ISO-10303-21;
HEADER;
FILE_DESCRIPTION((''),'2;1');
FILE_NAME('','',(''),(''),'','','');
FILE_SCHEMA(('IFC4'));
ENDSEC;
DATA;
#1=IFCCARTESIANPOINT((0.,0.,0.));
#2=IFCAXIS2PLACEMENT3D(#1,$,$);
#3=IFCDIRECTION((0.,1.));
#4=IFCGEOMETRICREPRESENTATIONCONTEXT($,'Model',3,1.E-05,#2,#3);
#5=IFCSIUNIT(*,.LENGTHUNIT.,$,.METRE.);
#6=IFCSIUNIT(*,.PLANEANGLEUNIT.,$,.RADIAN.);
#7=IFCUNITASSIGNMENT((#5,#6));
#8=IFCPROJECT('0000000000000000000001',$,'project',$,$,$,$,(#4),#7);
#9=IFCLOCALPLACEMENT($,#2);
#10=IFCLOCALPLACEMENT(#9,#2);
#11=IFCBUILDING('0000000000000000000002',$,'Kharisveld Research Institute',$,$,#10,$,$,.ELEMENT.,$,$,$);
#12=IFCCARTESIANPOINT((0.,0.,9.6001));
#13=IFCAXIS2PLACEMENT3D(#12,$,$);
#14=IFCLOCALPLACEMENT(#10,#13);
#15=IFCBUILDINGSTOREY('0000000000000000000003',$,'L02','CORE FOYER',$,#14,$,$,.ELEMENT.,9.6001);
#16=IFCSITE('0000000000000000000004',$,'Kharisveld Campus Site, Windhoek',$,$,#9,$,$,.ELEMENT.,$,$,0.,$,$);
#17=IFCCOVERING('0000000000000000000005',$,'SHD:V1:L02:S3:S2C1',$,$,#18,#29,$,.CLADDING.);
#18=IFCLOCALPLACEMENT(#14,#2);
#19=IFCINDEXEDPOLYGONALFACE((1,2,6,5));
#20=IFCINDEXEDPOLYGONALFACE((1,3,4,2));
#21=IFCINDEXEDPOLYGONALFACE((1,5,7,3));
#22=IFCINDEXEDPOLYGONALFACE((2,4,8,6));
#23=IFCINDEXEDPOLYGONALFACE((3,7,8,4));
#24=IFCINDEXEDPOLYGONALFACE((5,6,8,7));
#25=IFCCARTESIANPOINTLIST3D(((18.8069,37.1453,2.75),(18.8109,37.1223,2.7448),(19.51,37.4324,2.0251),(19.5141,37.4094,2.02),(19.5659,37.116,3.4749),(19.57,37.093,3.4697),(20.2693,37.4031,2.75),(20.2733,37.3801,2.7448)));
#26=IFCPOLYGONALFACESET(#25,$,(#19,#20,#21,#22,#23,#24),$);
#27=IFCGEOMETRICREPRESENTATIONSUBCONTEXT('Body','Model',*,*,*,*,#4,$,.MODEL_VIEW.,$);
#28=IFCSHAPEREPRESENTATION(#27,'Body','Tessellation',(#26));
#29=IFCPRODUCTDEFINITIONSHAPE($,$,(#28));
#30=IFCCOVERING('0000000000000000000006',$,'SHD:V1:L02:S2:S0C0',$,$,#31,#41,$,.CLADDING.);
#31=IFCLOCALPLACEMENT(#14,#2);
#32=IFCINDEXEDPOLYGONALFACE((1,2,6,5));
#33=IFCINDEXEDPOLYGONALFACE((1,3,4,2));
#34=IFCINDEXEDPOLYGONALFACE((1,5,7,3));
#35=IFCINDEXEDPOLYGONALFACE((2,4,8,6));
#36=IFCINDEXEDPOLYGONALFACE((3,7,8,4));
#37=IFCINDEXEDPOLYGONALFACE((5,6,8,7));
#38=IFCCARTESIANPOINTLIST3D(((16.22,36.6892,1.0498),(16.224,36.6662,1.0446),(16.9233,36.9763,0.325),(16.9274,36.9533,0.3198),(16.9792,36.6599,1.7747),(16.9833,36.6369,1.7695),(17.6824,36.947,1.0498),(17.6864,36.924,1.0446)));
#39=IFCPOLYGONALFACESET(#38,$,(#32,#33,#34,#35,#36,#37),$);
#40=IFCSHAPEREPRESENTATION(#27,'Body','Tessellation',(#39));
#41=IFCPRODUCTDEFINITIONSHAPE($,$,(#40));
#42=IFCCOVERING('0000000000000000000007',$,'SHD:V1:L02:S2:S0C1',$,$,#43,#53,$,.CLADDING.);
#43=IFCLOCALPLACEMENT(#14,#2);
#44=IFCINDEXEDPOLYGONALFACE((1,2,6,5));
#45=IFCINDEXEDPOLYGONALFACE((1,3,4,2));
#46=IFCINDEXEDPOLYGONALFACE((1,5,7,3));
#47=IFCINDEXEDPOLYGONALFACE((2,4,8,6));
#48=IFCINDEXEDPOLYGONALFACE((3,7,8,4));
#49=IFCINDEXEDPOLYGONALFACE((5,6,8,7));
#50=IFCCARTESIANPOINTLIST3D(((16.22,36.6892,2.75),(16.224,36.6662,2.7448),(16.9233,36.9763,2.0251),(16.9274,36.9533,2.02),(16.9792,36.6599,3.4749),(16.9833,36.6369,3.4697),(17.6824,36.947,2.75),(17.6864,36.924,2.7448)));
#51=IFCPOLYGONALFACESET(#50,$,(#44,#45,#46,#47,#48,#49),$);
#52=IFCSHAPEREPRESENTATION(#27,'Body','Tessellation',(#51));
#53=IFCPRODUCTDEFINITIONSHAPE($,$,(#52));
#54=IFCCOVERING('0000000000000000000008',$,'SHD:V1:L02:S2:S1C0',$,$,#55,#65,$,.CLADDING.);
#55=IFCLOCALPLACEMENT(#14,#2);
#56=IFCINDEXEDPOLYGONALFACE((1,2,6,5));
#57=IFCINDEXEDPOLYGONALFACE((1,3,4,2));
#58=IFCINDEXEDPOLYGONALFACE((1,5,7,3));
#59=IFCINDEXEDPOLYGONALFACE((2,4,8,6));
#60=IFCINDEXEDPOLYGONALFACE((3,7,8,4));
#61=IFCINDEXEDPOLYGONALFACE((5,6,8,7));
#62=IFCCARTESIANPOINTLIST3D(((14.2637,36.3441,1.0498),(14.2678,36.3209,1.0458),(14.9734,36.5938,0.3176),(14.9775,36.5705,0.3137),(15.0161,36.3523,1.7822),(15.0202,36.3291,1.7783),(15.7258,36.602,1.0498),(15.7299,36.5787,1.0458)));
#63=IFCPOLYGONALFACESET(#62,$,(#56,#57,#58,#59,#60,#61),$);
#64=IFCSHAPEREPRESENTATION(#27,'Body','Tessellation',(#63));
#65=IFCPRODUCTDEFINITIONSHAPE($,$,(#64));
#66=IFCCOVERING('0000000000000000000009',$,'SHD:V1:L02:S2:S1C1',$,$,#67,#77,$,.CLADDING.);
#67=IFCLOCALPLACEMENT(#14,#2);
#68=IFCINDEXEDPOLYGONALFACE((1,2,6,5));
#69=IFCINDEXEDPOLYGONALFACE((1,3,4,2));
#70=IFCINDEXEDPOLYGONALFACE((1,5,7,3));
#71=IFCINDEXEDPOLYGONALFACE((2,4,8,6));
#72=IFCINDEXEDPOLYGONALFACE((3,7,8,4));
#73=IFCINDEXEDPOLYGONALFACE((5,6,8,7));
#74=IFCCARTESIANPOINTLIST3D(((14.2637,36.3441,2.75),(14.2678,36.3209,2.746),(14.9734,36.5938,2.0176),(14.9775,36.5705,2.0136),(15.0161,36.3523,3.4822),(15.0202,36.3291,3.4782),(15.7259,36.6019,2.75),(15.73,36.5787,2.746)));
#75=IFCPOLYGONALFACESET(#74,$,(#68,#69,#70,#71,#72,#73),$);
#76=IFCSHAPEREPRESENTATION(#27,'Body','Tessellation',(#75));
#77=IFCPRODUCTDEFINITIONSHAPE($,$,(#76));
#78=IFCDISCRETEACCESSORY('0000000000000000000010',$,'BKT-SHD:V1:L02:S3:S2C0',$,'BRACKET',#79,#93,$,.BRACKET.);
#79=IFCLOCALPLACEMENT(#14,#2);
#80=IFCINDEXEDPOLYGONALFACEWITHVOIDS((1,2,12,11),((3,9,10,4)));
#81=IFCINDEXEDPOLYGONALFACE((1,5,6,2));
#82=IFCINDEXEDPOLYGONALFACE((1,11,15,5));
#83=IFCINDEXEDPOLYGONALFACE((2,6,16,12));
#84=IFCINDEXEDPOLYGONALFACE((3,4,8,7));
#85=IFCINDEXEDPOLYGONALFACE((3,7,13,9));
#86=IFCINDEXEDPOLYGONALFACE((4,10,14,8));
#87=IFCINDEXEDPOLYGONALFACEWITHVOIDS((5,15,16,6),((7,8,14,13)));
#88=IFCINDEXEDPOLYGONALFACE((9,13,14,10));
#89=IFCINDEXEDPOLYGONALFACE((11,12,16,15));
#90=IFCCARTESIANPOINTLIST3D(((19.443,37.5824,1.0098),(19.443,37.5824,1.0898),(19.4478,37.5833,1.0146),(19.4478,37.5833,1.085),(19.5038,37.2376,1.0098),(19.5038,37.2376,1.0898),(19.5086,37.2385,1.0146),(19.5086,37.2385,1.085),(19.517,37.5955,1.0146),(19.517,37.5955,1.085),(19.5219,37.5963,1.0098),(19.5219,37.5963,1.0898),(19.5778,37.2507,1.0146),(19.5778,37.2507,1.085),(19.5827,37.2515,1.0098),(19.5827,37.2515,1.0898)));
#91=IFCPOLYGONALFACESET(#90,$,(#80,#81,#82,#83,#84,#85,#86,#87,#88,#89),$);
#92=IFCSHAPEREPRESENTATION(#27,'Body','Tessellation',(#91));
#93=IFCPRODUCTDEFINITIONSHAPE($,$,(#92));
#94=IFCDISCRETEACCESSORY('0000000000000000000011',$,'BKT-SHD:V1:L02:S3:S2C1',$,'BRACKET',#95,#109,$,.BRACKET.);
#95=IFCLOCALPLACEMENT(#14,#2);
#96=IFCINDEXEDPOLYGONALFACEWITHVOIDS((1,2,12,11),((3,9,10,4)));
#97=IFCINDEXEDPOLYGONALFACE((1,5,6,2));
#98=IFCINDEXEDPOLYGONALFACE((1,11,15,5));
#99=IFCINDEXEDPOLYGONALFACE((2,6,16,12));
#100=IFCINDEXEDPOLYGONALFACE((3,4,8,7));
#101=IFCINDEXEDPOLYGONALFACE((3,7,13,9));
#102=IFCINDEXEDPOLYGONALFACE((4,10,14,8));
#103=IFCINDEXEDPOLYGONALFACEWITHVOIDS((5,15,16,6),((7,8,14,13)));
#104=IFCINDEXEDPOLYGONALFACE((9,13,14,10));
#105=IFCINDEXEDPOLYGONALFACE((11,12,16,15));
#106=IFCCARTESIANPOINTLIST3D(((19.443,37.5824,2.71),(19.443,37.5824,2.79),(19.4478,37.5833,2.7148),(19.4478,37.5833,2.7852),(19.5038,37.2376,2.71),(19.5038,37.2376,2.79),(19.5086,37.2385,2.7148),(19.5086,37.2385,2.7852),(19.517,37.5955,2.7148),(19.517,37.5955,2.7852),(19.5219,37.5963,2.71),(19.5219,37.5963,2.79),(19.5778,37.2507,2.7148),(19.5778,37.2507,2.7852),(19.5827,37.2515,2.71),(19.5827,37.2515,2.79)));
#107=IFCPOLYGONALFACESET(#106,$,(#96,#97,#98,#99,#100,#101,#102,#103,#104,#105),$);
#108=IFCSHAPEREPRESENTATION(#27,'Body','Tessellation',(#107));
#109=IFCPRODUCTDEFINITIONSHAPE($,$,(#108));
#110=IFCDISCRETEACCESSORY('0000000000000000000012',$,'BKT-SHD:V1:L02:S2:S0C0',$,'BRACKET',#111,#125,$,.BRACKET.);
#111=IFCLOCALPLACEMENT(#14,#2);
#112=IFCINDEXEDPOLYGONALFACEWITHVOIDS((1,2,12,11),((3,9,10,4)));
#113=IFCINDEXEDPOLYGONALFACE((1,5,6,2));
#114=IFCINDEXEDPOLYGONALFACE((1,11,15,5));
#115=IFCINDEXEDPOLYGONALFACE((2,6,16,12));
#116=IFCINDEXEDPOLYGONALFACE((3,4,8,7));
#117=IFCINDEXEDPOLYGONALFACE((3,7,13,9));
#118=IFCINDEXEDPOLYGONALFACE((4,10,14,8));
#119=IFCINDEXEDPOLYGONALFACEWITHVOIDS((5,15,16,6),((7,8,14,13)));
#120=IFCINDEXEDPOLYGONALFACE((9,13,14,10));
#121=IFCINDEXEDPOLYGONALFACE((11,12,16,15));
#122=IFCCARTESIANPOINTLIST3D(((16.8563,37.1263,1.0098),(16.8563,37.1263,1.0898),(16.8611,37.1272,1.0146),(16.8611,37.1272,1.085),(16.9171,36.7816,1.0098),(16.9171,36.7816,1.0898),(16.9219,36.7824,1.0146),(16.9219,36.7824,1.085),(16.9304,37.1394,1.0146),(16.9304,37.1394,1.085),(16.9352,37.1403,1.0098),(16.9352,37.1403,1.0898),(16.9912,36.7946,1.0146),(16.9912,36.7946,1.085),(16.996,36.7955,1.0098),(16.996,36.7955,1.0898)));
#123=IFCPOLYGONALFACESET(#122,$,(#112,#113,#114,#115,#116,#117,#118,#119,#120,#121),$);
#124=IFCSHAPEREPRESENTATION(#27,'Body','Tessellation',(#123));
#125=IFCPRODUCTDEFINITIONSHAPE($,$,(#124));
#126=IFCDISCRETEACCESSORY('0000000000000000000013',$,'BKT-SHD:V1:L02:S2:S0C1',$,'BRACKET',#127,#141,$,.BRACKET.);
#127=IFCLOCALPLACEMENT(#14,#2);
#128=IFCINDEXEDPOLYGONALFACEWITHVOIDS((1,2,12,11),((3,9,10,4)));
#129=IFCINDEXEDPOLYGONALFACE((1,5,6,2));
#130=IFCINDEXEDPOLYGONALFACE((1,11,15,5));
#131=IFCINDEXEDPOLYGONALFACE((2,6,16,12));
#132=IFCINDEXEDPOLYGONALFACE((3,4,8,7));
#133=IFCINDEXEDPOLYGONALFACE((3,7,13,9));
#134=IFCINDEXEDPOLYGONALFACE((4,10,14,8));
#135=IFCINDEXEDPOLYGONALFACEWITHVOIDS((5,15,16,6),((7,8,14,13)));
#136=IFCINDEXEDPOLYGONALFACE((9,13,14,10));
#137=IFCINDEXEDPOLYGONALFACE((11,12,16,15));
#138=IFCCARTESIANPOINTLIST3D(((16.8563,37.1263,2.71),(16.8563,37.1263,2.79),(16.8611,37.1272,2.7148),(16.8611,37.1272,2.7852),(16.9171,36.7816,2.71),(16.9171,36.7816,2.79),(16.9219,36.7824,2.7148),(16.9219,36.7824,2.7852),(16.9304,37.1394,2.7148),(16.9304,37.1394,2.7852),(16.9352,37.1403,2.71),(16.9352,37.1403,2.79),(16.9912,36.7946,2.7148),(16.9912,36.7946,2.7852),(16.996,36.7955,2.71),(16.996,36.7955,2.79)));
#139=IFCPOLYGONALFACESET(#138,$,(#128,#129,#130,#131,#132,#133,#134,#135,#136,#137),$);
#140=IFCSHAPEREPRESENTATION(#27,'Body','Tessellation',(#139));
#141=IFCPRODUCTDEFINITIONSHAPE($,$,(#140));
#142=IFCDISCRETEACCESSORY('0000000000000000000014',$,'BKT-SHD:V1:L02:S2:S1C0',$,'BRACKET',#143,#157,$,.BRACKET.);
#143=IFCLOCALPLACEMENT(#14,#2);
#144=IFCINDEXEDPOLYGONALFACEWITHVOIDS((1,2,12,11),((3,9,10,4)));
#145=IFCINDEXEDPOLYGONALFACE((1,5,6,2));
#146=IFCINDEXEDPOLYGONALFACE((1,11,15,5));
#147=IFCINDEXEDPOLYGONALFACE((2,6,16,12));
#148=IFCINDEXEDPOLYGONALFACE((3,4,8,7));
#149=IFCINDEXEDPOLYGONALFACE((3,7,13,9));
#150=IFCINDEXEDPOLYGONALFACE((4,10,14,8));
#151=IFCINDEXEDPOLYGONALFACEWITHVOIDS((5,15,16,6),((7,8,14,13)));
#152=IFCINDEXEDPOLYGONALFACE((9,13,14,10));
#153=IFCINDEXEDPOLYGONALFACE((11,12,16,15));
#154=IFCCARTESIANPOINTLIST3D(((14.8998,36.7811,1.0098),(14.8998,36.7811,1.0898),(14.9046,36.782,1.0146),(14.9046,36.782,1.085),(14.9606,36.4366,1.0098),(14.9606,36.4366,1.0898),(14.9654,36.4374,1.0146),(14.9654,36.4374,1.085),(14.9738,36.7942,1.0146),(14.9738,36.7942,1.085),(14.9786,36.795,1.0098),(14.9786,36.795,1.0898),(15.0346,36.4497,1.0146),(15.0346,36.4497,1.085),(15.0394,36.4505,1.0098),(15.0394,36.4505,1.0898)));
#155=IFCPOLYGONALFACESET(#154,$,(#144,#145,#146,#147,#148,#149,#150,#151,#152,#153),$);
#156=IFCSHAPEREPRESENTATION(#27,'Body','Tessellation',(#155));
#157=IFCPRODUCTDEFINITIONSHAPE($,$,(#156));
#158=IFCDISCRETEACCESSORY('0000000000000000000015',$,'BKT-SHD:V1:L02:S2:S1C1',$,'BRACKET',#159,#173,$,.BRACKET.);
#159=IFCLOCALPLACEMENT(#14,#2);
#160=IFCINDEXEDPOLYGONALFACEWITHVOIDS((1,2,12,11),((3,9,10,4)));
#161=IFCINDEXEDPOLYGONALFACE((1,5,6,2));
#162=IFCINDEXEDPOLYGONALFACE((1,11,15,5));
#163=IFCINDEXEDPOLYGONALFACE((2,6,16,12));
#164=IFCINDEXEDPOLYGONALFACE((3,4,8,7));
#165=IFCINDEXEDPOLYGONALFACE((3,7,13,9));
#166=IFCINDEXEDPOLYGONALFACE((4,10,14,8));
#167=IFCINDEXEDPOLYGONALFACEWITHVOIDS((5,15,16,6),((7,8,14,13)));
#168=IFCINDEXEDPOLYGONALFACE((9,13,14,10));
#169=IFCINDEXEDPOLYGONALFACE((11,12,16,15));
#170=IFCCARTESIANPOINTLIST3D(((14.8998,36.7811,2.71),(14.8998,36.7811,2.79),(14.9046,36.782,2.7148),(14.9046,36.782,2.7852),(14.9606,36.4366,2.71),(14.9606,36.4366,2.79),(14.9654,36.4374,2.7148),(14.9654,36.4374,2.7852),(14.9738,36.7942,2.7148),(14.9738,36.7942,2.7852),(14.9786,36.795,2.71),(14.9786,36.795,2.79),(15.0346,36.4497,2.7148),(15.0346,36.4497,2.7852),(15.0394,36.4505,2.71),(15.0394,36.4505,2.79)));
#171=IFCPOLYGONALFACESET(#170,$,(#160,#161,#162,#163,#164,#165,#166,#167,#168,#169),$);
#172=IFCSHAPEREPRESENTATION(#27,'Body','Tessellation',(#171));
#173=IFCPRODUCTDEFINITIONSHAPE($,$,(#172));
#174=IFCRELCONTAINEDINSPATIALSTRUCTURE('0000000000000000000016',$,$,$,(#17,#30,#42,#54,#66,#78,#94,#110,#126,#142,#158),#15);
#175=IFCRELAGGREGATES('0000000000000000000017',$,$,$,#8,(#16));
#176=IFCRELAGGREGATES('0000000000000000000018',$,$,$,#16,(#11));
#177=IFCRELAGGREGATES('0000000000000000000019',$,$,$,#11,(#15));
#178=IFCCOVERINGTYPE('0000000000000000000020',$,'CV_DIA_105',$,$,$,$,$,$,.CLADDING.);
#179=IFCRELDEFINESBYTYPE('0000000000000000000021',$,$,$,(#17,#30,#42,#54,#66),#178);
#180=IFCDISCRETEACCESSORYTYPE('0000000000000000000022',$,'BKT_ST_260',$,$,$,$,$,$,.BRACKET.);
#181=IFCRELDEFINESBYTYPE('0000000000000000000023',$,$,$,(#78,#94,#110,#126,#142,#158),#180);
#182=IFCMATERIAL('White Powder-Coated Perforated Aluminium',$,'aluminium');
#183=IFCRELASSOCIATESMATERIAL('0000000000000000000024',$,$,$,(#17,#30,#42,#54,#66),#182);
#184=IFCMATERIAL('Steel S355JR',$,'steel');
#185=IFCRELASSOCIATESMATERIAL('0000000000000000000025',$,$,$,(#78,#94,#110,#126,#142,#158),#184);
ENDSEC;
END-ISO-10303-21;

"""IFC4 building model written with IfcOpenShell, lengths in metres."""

from ifc_helpers import new_model, si_unit, direction, frame, origin, origin_2d, place, context, subcontext, project, spatial, polyline, hollow_rectangle, outline, extrude, material, type_object, element, save


model = new_model("IFC4")

# Units and contexts
model_context = context("Model", 3, precision=1e-05, world=origin(), true_north=direction((0.0, 1.0)))
body_context = subcontext(model_context, "Body", "Model", "MODEL_VIEW")
ifc_project = project(units=[si_unit("LENGTHUNIT", "METRE"), si_unit("PLANEANGLEUNIT", "RADIAN")], contexts=[model_context])

# Site, building, storey
site_placement = place(None, origin())
site = spatial("IfcSite", under=ifc_project, at=site_placement, Name="Kharisveld Campus Site, Windhoek", CompositionType="ELEMENT", RefElevation=0.0)
building_placement = place(site_placement, origin())
building = spatial("IfcBuilding", under=site, at=building_placement, Name="Kharisveld Research Institute", CompositionType="ELEMENT")
storey_placement = place(building_placement, frame((0.0, 0.0, 9.6001)))
storey = spatial("IfcBuildingStorey", under=building, at=storey_placement, Name="L02", Description="CORE FOYER", CompositionType="ELEMENT", Elevation=9.6001)

# Coverings
ifc_material_1 = material(Name="White Powder-Coated Perforated Aluminium", Category="aluminium")
covering_type = type_object("IfcCoveringType", Name="CV_DIA_105", PredefinedType="CLADDING")
for number, where, z_axis, x_axis, name in (
    (1, (19.51, 37.4324, 2.0251), (-0.169503, 0.961481, 0.216385), (-0.669728, -0.273452, 0.690426), "SHD:V1:L02:S3:S2C1"),
):
    element("IfcCovering", number, at=place(storey_placement, frame(where, z_axis=z_axis, x_axis=x_axis)), inside=storey, type_object=covering_type, material=ifc_material_1, Name=name, PredefinedType="CLADDING", context=body_context, shape_type="SweptSolid", body=[
        extrude(outline(polyline([(0.0, 0.0), (1.0499, 0.0), (1.05, 1.05), (0.0, 1.0501), (0.0, 0.0)])), origin(), (0.0, 0.0, -1.0), 0.0239),
    ])
for number, where, z_axis, x_axis, name in (
    (2, (16.9233, 36.9763, 0.325), (-0.169503, 0.961481, 0.216385), (-0.66985, -0.273447, 0.69031), "SHD:V1:L02:S2:S0C0"),
    (3, (16.9233, 36.9763, 2.0251), (-0.169503, 0.961481, 0.216385), (-0.66985, -0.273447, 0.69031), "SHD:V1:L02:S2:S0C1"),
):
    element("IfcCovering", number, at=place(storey_placement, frame(where, z_axis=z_axis, x_axis=x_axis)), inside=storey, type_object=covering_type, material=ifc_material_1, Name=name, PredefinedType="CLADDING", context=body_context, shape_type="SweptSolid", body=[
        extrude(outline(polyline([(0.0, 0.0), (1.05, 0.0), (1.0498, 1.0501), (-0.0001, 1.05), (0.0, 0.0)])), origin(), (0.0, 0.0, -1.0), 0.0239),
    ])
covering_1_placement = place(storey_placement, frame((14.9734, 36.5938, 0.3176), z_axis=(-0.171261, 0.97129, 0.165124), x_axis=(-0.676046, -0.237771, 0.697443)))
element("IfcCovering", 4, at=covering_1_placement, inside=storey, type_object=covering_type, material=ifc_material_1, Name="SHD:V1:L02:S2:S1C0", PredefinedType="CLADDING", context=body_context, shape_type="SweptSolid", body=[
    extrude(outline(polyline([(0.0, 0.0), (1.0498, 0.0), (1.05, 1.0501), (0.0, 1.0499), (0.0, 0.0)])), origin(), (0.0, 0.0, -1.0), 0.0239),
])
covering_2_placement = place(storey_placement, frame((14.9734, 36.5938, 2.0176), z_axis=(-0.171261, 0.97129, 0.165124), x_axis=(-0.67593, -0.23777, 0.697556)))
element("IfcCovering", 5, at=covering_2_placement, inside=storey, type_object=covering_type, material=ifc_material_1, Name="SHD:V1:L02:S2:S1C1", PredefinedType="CLADDING", context=body_context, shape_type="SweptSolid", body=[
    extrude(outline(polyline([(0.0, 0.0), (1.05, 0.0), (1.0502, 1.0499), (0.0003, 1.0501), (0.0, 0.0)])), origin(), (0.0, 0.0, -1.0), 0.0239),
])

# Discrete accessories
ifc_material_2 = material(Name="Steel S355JR", Category="steel")
discrete_accessory_type = type_object("IfcDiscreteAccessoryType", Name="BKT_ST_260", PredefinedType="BRACKET")
for number, where, z_axis, x_axis, name in (
    (6, (19.4824, 37.5894, 1.0498), (0.173666, -0.984805, 0.0), (0.984805, 0.173666, 0.0), "BKT-SHD:V1:L02:S3:S2C0"),
    (7, (19.4824, 37.5894, 2.75), (0.173666, -0.984805, 0.0), (0.984805, 0.173666, 0.0), "BKT-SHD:V1:L02:S3:S2C1"),
    (8, (16.8958, 37.1333, 1.0498), (0.173666, -0.984805, 0.0), (0.984805, 0.173666, 0.0), "BKT-SHD:V1:L02:S2:S0C0"),
    (9, (16.8958, 37.1333, 2.75), (0.173666, -0.984805, 0.0), (0.984805, 0.173666, 0.0), "BKT-SHD:V1:L02:S2:S0C1"),
):
    element("IfcDiscreteAccessory", number, at=place(storey_placement, frame(where, z_axis=z_axis, x_axis=x_axis)), inside=storey, type_object=discrete_accessory_type, material=ifc_material_2, Name=name, ObjectType="BRACKET", PredefinedType="BRACKET", context=body_context, shape_type="SweptSolid", body=[
        extrude(hollow_rectangle(XDim=0.0801, YDim=0.0801, WallThickness=0.0049, at=origin_2d()), origin(), (0.0, 0.0, 1.0), 0.3501),
    ])
for number, where, z_axis, x_axis, name in (
    (10, (14.9392, 36.7881, 1.0498), (0.173785, -0.984784, 0.0), (0.984784, 0.173785, 0.0), "BKT-SHD:V1:L02:S2:S1C0"),
    (11, (14.9392, 36.7881, 2.75), (0.173785, -0.984784, 0.0), (0.984784, 0.173785, 0.0), "BKT-SHD:V1:L02:S2:S1C1"),
):
    element("IfcDiscreteAccessory", number, at=place(storey_placement, frame(where, z_axis=z_axis, x_axis=x_axis)), inside=storey, type_object=discrete_accessory_type, material=ifc_material_2, Name=name, ObjectType="BRACKET", PredefinedType="BRACKET", context=body_context, shape_type="SweptSolid", body=[
        extrude(hollow_rectangle(XDim=0.0801, YDim=0.0801, WallThickness=0.0049, at=origin_2d()), origin(), (0.0, 0.0, 1.0), 0.3499),
    ])

save(model, "model.ifc")
